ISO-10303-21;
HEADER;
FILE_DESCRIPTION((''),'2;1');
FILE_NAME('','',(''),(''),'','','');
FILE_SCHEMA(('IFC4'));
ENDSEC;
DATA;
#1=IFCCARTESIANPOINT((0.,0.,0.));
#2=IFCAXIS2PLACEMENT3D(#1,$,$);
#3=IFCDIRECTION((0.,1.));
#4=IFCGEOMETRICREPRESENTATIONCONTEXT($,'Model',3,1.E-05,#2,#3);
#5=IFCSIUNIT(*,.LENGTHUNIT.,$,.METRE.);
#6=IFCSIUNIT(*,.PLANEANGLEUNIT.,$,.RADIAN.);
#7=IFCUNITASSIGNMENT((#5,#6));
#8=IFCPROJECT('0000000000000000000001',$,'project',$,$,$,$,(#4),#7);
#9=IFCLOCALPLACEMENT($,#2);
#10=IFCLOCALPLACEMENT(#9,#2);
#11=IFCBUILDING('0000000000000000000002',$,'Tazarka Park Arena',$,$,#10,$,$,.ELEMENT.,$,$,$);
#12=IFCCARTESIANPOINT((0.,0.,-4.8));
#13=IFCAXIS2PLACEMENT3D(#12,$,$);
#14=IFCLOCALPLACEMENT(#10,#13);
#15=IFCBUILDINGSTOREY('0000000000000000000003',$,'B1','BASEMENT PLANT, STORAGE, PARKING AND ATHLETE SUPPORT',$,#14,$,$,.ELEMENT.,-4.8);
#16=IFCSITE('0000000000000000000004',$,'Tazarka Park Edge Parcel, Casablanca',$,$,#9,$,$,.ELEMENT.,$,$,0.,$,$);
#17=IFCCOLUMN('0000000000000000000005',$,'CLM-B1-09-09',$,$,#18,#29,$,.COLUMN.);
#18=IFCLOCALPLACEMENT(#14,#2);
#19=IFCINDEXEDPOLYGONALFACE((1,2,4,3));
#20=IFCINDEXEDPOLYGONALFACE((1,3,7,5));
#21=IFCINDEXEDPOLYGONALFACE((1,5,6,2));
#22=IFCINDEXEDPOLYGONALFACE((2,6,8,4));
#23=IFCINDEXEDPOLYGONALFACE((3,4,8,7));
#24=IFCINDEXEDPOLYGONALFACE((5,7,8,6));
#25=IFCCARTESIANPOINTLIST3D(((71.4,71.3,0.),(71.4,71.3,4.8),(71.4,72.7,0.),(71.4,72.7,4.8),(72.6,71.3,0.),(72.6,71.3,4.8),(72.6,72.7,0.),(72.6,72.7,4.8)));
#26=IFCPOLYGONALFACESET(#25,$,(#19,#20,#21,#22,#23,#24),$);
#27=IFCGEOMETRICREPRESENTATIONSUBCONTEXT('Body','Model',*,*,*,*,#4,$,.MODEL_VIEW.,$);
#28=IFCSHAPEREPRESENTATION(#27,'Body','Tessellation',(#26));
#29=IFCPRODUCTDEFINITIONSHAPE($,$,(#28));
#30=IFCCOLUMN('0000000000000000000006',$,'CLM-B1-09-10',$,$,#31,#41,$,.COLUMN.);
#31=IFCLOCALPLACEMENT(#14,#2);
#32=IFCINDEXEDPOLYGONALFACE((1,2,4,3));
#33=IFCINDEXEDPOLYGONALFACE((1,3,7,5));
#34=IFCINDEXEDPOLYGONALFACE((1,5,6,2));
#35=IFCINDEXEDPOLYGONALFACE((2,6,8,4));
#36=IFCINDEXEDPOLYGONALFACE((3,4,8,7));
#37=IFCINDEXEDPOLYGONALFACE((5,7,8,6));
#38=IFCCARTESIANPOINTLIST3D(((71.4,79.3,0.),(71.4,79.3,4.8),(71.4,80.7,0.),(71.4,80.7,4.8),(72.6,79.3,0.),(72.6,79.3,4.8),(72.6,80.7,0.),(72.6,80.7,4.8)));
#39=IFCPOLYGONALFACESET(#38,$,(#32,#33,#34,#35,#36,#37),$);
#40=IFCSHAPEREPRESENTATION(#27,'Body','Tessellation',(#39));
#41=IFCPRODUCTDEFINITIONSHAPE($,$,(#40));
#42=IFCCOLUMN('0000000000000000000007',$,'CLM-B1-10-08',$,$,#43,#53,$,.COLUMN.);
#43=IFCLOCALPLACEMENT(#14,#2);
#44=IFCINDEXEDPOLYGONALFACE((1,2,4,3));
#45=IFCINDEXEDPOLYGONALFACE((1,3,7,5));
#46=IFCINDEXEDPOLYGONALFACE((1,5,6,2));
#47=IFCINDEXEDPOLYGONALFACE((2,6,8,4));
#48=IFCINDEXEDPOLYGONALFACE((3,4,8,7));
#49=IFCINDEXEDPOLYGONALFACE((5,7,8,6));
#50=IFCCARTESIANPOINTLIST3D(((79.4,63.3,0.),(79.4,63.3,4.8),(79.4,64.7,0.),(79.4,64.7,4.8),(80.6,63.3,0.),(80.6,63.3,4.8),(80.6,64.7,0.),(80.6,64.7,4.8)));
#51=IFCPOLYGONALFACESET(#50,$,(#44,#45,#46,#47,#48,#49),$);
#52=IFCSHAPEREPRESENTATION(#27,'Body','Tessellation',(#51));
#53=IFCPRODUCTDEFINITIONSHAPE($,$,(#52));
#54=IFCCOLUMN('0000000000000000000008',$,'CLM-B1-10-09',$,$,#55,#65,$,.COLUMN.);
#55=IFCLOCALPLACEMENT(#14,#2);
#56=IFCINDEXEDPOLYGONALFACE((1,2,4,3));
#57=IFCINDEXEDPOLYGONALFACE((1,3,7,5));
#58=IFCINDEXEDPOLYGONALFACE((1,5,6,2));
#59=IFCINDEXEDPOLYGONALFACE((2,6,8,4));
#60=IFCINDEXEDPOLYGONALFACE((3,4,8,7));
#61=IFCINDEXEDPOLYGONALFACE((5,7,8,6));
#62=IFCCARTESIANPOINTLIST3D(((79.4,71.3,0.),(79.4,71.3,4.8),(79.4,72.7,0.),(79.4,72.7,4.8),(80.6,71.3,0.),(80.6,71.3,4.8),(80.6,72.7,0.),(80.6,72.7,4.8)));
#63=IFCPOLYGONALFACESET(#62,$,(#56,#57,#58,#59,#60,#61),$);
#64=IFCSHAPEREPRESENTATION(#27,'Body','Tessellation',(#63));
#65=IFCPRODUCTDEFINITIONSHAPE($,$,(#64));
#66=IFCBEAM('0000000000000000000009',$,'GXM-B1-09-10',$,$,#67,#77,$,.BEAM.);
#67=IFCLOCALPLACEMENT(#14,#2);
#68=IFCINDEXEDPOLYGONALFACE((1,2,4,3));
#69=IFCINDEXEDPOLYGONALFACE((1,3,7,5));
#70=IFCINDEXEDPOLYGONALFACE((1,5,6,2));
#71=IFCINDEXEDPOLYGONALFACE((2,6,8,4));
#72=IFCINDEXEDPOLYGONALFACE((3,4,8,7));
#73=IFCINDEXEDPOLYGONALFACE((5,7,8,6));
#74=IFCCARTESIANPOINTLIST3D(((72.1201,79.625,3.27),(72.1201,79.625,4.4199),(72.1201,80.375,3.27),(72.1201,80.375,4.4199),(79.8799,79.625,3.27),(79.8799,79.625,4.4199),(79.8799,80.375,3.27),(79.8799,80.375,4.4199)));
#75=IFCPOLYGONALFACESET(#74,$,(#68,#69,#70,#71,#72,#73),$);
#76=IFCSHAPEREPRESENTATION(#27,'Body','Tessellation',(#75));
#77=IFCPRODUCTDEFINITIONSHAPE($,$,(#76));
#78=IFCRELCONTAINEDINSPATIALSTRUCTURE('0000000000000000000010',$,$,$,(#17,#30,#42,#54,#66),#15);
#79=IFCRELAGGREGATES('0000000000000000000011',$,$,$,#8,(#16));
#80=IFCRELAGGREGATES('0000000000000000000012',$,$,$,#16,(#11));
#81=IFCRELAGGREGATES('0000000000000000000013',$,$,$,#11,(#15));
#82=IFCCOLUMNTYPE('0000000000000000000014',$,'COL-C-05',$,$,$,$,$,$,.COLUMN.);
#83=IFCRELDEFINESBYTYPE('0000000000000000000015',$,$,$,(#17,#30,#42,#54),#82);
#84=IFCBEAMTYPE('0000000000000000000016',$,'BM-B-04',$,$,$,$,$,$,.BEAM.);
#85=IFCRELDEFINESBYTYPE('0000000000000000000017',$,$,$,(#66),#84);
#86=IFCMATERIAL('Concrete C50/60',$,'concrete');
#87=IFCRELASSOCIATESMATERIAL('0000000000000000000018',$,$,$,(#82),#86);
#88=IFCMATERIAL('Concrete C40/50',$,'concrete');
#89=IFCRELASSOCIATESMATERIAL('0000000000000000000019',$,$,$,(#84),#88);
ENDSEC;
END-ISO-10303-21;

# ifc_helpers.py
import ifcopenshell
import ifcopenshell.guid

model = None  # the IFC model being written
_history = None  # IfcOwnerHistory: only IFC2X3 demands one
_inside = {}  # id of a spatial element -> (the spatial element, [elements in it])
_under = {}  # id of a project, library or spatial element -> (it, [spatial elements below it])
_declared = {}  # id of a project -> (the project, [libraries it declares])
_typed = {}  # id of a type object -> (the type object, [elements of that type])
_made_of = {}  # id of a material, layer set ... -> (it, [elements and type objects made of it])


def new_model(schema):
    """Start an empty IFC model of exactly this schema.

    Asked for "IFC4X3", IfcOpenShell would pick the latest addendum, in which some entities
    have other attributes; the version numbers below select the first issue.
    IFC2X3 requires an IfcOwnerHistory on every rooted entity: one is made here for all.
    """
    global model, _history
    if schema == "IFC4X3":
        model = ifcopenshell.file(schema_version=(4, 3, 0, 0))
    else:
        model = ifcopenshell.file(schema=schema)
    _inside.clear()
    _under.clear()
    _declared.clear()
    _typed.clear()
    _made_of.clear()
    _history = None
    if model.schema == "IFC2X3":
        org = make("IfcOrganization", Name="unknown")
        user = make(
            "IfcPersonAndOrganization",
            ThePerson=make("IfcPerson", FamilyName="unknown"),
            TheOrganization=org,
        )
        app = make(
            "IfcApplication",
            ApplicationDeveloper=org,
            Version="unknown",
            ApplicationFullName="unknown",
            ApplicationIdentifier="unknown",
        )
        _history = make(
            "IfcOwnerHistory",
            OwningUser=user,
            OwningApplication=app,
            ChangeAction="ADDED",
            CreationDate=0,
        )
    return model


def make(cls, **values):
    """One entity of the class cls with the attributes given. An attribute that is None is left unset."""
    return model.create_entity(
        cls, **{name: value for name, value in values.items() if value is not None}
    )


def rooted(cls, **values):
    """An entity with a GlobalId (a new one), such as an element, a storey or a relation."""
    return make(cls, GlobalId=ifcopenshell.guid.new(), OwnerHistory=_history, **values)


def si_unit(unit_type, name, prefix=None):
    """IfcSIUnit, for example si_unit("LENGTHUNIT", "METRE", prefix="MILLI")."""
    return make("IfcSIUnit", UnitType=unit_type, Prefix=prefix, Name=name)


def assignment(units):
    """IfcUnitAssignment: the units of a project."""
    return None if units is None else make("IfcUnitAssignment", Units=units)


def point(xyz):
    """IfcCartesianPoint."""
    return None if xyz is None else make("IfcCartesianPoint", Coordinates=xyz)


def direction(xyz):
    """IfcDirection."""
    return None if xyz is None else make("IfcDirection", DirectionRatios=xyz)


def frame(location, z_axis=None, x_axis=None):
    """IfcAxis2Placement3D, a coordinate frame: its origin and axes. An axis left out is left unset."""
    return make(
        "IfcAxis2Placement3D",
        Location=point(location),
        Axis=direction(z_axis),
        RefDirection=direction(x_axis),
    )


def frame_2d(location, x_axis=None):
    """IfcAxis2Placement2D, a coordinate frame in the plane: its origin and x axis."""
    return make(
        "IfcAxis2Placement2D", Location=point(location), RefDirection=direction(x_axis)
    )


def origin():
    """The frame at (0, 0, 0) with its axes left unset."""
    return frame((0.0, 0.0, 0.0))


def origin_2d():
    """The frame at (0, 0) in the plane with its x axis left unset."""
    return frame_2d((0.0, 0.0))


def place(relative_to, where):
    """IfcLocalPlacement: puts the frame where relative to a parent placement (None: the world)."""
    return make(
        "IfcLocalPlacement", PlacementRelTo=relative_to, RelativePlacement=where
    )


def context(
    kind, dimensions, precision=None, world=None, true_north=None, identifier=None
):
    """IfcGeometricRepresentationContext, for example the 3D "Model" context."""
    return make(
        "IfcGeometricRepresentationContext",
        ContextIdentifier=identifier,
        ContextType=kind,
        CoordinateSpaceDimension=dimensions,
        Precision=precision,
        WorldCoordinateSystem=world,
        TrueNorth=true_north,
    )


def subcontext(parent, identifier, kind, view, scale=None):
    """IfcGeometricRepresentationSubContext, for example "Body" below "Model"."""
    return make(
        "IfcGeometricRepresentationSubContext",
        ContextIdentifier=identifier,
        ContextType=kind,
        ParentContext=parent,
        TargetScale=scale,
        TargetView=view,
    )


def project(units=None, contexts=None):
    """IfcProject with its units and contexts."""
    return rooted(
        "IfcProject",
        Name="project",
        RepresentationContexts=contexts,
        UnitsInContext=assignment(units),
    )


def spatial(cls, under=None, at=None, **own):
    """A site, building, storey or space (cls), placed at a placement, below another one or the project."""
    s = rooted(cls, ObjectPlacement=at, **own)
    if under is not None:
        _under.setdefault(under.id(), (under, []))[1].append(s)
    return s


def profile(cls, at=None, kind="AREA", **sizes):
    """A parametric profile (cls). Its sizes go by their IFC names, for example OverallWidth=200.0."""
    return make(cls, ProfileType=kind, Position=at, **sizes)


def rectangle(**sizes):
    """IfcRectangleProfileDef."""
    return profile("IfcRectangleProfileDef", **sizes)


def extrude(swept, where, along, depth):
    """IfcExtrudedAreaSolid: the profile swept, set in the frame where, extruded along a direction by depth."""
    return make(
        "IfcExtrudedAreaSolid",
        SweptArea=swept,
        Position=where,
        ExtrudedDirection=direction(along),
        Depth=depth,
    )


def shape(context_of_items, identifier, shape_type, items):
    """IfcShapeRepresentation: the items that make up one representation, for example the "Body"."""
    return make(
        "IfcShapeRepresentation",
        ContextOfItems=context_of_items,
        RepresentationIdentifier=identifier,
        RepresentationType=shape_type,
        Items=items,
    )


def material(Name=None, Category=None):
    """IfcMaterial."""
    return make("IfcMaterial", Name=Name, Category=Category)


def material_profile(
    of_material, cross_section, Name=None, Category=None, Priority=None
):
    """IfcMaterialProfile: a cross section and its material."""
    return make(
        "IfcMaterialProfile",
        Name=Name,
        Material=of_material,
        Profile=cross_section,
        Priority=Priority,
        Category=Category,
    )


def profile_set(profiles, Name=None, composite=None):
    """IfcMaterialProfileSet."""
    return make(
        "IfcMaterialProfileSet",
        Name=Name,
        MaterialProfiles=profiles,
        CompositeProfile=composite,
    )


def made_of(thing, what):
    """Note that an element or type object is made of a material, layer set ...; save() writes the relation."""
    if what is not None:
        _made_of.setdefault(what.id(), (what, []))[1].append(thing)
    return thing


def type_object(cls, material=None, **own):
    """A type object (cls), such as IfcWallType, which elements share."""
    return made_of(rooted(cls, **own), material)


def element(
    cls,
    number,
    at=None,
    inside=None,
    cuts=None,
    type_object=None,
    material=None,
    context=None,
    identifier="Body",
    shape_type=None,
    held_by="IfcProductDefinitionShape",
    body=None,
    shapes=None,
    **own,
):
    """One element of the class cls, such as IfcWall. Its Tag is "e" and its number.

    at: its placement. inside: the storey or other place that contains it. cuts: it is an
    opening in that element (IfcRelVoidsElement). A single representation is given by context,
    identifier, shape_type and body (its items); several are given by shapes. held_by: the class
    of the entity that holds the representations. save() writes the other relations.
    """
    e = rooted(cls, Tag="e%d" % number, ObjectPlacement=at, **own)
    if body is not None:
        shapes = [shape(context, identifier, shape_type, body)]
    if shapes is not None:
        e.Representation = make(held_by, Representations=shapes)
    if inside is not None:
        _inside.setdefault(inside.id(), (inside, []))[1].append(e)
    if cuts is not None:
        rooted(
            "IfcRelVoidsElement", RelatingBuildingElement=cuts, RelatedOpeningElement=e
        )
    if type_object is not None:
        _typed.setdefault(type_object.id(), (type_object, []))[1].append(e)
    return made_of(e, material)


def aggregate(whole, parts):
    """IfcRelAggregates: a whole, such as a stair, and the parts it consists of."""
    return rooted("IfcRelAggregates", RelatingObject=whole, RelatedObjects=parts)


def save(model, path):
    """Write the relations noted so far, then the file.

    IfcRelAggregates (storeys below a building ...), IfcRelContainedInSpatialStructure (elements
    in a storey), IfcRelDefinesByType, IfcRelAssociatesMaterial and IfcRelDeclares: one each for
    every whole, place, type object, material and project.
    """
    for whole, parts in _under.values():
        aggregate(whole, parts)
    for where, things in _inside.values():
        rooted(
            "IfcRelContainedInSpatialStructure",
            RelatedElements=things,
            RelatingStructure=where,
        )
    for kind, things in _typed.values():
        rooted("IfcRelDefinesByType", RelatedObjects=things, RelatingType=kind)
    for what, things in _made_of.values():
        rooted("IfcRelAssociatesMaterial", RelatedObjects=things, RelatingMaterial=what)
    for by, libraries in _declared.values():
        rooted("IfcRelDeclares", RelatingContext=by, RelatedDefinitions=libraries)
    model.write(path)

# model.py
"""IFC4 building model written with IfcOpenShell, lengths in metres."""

from ifc_helpers import new_model, si_unit, direction, frame, origin, origin_2d, place, context, subcontext, project, spatial, rectangle, extrude, material, material_profile, profile_set, type_object, element, save


model = new_model("IFC4")

# Units and contexts
model_context = context("Model", 3, precision=1e-05, world=origin(), true_north=direction((0.0, 1.0)))
body_context = subcontext(model_context, "Body", "Model", "MODEL_VIEW")
ifc_project = project(units=[si_unit("LENGTHUNIT", "METRE"), si_unit("PLANEANGLEUNIT", "RADIAN")], contexts=[model_context])

# Site, building, storey
site_placement = place(None, origin())
site = spatial("IfcSite", under=ifc_project, at=site_placement, Name="Tazarka Park Edge Parcel, Casablanca", CompositionType="ELEMENT", RefElevation=0.0)
building_placement = place(site_placement, origin())
building = spatial("IfcBuilding", under=site, at=building_placement, Name="Tazarka Park Arena", CompositionType="ELEMENT")
storey_placement = place(building_placement, frame((0.0, 0.0, -4.8)))
storey = spatial("IfcBuildingStorey", under=building, at=storey_placement, Name="B1", Description="BASEMENT PLANT, STORAGE, PARKING AND ATHLETE SUPPORT", CompositionType="ELEMENT", Elevation=-4.8)

# Columns
ifc_material_1 = material(Name="Concrete C50/60", Category="concrete")
ifc_material_profile_1 = material_profile(ifc_material_1, rectangle(XDim=1.2, YDim=1.3999, at=origin_2d()), Name="Concrete C50/60")
ifc_profile_set_1 = profile_set([ifc_material_profile_1], Name="Concrete C50/60")
column_type = type_object("IfcColumnType", Name="COL-C-05", PredefinedType="COLUMN", material=ifc_profile_set_1)
for number, where, z_axis, x_axis, name in (
    (1, (72.0, 72.0, 0.0), (0.0, 0.0, 1.0), (1.0, 0.0, 0.0), "CLM-B1-09-09"),
    (2, (72.0, 80.0, 0.0), (0.0, 0.0, 1.0), (1.0, 0.0, 0.0), "CLM-B1-09-10"),
    (3, (80.0, 64.0, 0.0), (0.0, 0.0, 1.0), (1.0, 0.0, 0.0), "CLM-B1-10-08"),
    (4, (80.0, 72.0, 0.0), (0.0, 0.0, 1.0), (1.0, 0.0, 0.0), "CLM-B1-10-09"),
):
    element("IfcColumn", number, at=place(storey_placement, frame(where, z_axis=z_axis, x_axis=x_axis)), inside=storey, type_object=column_type, Name=name, PredefinedType="COLUMN", context=body_context, shape_type="SweptSolid", body=[
        extrude(rectangle(XDim=1.2, YDim=1.3999, at=origin_2d()), origin(), (0.0, 0.0, 1.0), 4.8),
    ])

# Beam
ifc_material_2 = material(Name="Concrete C40/50", Category="concrete")
ifc_material_profile_2 = material_profile(ifc_material_2, rectangle(XDim=0.75, YDim=1.1499, at=origin_2d()), Name="Concrete C40/50")
ifc_profile_set_2 = profile_set([ifc_material_profile_2], Name="Concrete C40/50")
beam_type = type_object("IfcBeamType", Name="BM-B-04", PredefinedType="BEAM", material=ifc_profile_set_2)
beam_placement = place(storey_placement, frame((72.1201, 80.0, 3.845), z_axis=(1.0, 0.0, 0.0), x_axis=(0.0, 1.0, 0.0)))
element("IfcBeam", 5, at=beam_placement, inside=storey, type_object=beam_type, Name="GXM-B1-09-10", PredefinedType="BEAM", context=body_context, shape_type="SweptSolid", body=[
    extrude(rectangle(XDim=0.75, YDim=1.1499, at=origin_2d()), origin(), (0.0, 0.0, 1.0), 7.7598),
])

save(model, "model.ifc")
